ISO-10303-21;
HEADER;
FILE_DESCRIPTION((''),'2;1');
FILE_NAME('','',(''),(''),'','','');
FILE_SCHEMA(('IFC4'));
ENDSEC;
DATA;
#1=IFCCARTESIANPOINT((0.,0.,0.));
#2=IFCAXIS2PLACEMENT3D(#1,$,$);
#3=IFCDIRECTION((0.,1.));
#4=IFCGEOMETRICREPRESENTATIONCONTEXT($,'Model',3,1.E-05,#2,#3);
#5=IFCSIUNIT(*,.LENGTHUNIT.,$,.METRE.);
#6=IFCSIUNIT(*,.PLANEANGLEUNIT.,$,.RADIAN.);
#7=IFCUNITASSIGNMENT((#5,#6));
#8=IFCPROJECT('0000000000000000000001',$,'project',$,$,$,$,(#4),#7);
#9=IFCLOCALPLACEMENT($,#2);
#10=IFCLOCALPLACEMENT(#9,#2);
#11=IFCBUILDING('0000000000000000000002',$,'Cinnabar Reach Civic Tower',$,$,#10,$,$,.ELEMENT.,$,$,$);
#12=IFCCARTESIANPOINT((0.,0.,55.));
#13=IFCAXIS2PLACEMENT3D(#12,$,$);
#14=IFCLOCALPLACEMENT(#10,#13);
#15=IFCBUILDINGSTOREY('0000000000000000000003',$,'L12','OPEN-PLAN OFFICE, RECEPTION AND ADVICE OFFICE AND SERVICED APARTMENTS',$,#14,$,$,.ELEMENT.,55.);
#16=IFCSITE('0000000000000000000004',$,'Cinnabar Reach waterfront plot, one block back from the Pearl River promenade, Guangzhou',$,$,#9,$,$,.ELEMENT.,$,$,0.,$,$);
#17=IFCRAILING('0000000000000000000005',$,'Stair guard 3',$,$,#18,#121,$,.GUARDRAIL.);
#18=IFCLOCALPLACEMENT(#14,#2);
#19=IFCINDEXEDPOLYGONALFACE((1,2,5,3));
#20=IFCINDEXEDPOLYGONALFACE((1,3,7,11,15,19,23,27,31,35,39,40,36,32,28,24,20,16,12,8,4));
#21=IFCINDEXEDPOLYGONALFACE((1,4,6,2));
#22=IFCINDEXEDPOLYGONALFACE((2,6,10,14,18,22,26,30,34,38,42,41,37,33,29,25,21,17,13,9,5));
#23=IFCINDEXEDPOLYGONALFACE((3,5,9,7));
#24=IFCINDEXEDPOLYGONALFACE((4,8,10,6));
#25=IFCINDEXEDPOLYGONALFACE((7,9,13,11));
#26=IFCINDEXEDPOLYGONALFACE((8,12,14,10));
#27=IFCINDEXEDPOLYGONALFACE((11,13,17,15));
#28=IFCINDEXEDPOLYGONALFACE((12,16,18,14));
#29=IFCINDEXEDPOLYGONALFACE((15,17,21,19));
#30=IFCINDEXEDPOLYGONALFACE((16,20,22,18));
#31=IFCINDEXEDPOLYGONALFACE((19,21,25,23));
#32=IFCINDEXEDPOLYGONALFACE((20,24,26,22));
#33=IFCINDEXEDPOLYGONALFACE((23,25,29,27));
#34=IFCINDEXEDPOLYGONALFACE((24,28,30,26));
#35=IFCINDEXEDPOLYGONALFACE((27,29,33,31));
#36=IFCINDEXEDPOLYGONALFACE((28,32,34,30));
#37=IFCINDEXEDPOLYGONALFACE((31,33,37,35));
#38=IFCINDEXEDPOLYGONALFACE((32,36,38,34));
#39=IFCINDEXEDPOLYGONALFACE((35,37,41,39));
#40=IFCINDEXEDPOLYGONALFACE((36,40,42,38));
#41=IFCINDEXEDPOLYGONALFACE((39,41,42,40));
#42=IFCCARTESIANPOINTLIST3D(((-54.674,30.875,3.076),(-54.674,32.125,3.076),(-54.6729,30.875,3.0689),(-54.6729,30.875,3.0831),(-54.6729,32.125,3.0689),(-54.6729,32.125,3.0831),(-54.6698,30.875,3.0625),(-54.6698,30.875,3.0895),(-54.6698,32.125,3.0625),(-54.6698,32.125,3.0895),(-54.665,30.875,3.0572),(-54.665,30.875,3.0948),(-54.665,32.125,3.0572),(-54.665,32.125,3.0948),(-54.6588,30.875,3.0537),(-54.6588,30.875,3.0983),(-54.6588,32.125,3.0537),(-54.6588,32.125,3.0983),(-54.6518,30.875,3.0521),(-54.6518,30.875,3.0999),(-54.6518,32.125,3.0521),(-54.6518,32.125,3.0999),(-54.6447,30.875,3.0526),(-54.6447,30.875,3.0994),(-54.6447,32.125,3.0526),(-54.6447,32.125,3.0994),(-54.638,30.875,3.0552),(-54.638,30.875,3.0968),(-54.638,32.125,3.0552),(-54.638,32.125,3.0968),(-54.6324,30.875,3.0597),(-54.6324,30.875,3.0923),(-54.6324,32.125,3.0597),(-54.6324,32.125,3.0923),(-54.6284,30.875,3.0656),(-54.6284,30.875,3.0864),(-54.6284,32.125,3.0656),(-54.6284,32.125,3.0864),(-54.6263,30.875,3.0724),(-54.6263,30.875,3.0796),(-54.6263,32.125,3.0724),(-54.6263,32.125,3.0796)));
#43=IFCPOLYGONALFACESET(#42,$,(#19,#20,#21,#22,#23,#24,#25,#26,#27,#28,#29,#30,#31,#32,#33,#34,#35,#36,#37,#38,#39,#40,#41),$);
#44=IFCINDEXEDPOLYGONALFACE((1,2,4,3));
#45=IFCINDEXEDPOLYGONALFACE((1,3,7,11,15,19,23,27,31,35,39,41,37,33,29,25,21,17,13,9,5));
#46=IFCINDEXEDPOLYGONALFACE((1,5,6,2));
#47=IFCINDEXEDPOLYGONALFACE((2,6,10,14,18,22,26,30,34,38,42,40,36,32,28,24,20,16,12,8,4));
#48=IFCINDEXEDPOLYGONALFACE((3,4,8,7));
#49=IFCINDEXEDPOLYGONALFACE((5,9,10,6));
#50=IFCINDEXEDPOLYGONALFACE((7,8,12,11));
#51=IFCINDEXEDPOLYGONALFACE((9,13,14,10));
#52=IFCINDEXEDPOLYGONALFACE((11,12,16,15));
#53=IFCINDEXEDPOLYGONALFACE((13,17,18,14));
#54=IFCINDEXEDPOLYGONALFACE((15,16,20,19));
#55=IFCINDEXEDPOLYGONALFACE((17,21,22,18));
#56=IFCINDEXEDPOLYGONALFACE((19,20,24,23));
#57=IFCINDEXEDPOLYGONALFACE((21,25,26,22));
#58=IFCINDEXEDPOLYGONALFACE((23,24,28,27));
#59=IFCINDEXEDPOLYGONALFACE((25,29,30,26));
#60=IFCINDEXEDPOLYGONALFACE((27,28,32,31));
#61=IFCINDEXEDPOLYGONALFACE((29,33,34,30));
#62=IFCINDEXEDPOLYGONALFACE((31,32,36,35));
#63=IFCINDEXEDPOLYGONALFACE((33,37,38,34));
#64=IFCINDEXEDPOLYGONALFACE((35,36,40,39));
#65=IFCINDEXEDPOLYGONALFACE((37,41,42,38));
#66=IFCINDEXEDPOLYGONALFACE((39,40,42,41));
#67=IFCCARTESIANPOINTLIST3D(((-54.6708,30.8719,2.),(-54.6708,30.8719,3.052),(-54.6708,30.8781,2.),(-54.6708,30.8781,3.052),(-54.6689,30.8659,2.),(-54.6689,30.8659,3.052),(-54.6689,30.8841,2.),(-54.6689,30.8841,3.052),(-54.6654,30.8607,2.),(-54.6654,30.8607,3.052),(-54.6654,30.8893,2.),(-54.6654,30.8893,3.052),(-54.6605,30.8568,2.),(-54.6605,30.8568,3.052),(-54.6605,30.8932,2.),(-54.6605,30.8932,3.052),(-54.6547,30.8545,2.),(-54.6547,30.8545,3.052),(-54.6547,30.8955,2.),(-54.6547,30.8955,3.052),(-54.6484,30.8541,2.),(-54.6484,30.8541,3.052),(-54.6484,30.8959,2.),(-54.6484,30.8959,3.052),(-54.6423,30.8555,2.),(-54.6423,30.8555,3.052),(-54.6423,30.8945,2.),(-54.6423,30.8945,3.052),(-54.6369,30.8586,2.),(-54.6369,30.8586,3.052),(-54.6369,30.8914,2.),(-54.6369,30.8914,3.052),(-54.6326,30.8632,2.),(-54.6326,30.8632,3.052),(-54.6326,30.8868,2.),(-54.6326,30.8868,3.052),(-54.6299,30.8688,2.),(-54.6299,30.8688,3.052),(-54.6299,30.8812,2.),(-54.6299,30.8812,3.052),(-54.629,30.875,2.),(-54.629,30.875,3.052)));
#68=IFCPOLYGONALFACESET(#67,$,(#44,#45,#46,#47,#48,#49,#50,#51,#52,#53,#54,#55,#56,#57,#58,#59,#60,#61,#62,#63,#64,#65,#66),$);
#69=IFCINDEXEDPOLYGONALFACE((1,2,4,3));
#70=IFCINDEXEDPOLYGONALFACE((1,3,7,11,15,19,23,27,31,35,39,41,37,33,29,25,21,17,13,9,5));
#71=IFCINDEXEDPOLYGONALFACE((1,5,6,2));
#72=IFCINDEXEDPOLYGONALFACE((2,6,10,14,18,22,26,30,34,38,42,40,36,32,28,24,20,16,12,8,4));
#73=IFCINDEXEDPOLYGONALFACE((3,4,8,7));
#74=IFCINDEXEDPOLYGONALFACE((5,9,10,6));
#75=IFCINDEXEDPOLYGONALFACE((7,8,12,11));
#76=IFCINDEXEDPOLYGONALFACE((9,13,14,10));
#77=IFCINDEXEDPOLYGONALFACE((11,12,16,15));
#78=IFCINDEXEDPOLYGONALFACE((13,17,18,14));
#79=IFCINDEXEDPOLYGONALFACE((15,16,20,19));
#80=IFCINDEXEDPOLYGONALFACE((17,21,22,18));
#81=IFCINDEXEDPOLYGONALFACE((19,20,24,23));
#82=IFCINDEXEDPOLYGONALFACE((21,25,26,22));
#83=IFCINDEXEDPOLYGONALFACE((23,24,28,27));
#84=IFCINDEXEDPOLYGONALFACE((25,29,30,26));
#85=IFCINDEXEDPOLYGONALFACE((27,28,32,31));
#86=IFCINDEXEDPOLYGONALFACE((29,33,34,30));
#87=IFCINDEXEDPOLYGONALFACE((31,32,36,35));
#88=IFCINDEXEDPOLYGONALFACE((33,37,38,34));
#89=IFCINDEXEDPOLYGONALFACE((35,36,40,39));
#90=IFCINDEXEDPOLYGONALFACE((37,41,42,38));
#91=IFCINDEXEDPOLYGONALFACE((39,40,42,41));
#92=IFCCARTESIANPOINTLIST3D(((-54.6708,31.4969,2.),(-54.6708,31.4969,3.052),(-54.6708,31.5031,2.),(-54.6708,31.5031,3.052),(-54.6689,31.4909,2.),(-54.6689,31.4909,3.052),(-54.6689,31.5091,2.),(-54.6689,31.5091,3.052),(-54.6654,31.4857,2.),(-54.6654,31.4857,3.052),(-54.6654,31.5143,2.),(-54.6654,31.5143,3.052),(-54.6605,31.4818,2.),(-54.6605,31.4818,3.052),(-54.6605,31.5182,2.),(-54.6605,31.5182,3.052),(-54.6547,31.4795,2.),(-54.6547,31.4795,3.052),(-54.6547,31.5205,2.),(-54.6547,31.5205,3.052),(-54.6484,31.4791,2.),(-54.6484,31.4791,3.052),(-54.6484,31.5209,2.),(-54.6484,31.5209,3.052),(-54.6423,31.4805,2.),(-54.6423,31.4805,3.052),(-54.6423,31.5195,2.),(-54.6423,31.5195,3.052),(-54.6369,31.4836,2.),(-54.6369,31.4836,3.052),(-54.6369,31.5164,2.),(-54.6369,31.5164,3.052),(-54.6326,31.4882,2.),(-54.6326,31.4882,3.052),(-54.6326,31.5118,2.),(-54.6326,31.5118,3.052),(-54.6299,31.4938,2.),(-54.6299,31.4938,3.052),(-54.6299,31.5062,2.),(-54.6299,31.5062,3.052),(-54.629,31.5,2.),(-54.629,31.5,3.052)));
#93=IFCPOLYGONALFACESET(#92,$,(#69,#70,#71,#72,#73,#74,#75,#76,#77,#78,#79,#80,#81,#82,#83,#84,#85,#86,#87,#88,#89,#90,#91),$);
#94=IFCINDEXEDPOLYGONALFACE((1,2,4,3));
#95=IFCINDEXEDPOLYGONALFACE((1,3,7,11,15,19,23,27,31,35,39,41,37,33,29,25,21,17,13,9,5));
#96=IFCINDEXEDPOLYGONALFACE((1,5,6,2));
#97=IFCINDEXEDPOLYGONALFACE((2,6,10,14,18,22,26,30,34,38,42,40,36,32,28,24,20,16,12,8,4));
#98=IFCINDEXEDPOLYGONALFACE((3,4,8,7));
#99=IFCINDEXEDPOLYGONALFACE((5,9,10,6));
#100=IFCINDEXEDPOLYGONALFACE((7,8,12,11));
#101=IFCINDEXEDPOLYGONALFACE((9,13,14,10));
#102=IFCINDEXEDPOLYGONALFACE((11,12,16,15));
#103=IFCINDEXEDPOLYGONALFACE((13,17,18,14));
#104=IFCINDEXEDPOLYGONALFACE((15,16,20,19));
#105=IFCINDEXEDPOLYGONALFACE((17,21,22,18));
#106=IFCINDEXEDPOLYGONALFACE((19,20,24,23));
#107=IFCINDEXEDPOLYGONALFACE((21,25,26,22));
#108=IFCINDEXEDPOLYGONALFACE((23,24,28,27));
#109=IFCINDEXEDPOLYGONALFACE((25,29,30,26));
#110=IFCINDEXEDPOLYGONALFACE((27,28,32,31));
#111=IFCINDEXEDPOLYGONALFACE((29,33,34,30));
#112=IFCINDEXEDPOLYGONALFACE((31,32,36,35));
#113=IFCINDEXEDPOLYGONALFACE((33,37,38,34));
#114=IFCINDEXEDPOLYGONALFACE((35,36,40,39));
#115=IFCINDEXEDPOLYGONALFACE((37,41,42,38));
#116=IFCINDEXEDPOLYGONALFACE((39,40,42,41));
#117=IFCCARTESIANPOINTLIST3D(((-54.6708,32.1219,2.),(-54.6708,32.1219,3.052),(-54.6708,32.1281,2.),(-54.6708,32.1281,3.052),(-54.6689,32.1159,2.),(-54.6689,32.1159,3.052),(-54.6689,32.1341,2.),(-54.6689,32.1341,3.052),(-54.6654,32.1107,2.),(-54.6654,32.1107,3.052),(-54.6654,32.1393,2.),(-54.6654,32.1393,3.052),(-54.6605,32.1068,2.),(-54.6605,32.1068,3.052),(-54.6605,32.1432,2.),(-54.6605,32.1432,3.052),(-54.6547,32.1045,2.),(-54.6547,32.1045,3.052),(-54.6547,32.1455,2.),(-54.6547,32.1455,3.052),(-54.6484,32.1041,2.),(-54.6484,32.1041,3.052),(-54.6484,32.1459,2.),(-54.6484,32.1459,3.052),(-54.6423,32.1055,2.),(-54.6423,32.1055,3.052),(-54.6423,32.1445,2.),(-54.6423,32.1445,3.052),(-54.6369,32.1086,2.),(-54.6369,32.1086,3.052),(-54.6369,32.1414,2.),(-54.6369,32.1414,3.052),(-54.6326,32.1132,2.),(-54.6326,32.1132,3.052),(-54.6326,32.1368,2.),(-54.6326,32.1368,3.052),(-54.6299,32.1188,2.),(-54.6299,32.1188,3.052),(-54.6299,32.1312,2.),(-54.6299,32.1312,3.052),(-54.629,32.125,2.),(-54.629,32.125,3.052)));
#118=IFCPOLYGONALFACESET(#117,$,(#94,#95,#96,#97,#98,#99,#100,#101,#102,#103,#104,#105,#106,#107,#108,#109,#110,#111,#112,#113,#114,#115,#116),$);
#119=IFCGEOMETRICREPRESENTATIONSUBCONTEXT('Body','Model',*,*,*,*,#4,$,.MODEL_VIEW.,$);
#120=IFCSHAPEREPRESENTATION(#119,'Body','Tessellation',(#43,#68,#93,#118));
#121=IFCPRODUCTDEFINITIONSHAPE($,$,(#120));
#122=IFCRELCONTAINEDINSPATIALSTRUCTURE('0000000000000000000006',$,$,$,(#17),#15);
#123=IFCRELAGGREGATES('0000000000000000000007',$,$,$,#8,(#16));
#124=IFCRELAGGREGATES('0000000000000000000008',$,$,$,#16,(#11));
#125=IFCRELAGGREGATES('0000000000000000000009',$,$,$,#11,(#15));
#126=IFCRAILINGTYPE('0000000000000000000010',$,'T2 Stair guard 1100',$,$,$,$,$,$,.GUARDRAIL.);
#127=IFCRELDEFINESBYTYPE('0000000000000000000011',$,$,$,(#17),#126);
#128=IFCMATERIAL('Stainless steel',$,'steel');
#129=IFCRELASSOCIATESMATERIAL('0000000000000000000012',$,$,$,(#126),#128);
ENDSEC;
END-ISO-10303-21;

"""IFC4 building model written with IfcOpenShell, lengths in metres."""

from ifc_helpers import new_model, si_unit, direction, frame, origin, origin_2d, place, context, subcontext, project, spatial, circle, extrude, material, type_object, element, save


model = new_model("IFC4")

# Units and contexts
model_context = context("Model", 3, precision=1e-05, world=origin(), true_north=direction((0.0, 1.0)))
body_context = subcontext(model_context, "Body", "Model", "MODEL_VIEW")
ifc_project = project(units=[si_unit("LENGTHUNIT", "METRE"), si_unit("PLANEANGLEUNIT", "RADIAN")], contexts=[model_context])

# Site, building, storey
site_placement = place(None, origin())
site = spatial("IfcSite", under=ifc_project, at=site_placement, Name="Cinnabar Reach waterfront plot, one block back from the Pearl River promenade, Guangzhou", CompositionType="ELEMENT", RefElevation=0.0)
building_placement = place(site_placement, origin())
building = spatial("IfcBuilding", under=site, at=building_placement, Name="Cinnabar Reach Civic Tower", CompositionType="ELEMENT")
storey_placement = place(building_placement, frame((0.0, 0.0, 55.0)))
storey = spatial("IfcBuildingStorey", under=building, at=storey_placement, Name="L12", Description="OPEN-PLAN OFFICE, RECEPTION AND ADVICE OFFICE AND SERVICED APARTMENTS", CompositionType="ELEMENT", Elevation=55.0)

# Railing
ifc_material_1 = material(Name="Stainless steel", Category="steel")
railing_type = type_object("IfcRailingType", Name="T2 Stair guard 1100", PredefinedType="GUARDRAIL", material=ifc_material_1)
railing_1_placement = place(storey_placement, frame((-54.65, 30.875, 2.0)))
element("IfcRailing", 1, at=railing_1_placement, inside=storey, type_object=railing_type, Name="Stair guard 3", PredefinedType="GUARDRAIL", context=body_context, shape_type="SweptSolid", body=[
    extrude(circle(Radius=0.024, at=origin_2d()), frame((0.0, 0.0, 1.076), z_axis=(0.0, 1.0, 0.0), x_axis=(-1.0, 0.0, 0.0)), (0.0, 0.0, 1.0), 1.25),
    extrude(circle(Radius=0.021, at=origin_2d()), origin(), (0.0, 0.0, 1.0), 1.052),
    extrude(circle(Radius=0.021, at=origin_2d()), frame((0.0, 0.625, 0.0)), (0.0, 0.0, 1.0), 1.052),
    extrude(circle(Radius=0.021, at=origin_2d()), frame((0.0, 1.25, 0.0)), (0.0, 0.0, 1.0), 1.052),
])

save(model, "model.ifc")
